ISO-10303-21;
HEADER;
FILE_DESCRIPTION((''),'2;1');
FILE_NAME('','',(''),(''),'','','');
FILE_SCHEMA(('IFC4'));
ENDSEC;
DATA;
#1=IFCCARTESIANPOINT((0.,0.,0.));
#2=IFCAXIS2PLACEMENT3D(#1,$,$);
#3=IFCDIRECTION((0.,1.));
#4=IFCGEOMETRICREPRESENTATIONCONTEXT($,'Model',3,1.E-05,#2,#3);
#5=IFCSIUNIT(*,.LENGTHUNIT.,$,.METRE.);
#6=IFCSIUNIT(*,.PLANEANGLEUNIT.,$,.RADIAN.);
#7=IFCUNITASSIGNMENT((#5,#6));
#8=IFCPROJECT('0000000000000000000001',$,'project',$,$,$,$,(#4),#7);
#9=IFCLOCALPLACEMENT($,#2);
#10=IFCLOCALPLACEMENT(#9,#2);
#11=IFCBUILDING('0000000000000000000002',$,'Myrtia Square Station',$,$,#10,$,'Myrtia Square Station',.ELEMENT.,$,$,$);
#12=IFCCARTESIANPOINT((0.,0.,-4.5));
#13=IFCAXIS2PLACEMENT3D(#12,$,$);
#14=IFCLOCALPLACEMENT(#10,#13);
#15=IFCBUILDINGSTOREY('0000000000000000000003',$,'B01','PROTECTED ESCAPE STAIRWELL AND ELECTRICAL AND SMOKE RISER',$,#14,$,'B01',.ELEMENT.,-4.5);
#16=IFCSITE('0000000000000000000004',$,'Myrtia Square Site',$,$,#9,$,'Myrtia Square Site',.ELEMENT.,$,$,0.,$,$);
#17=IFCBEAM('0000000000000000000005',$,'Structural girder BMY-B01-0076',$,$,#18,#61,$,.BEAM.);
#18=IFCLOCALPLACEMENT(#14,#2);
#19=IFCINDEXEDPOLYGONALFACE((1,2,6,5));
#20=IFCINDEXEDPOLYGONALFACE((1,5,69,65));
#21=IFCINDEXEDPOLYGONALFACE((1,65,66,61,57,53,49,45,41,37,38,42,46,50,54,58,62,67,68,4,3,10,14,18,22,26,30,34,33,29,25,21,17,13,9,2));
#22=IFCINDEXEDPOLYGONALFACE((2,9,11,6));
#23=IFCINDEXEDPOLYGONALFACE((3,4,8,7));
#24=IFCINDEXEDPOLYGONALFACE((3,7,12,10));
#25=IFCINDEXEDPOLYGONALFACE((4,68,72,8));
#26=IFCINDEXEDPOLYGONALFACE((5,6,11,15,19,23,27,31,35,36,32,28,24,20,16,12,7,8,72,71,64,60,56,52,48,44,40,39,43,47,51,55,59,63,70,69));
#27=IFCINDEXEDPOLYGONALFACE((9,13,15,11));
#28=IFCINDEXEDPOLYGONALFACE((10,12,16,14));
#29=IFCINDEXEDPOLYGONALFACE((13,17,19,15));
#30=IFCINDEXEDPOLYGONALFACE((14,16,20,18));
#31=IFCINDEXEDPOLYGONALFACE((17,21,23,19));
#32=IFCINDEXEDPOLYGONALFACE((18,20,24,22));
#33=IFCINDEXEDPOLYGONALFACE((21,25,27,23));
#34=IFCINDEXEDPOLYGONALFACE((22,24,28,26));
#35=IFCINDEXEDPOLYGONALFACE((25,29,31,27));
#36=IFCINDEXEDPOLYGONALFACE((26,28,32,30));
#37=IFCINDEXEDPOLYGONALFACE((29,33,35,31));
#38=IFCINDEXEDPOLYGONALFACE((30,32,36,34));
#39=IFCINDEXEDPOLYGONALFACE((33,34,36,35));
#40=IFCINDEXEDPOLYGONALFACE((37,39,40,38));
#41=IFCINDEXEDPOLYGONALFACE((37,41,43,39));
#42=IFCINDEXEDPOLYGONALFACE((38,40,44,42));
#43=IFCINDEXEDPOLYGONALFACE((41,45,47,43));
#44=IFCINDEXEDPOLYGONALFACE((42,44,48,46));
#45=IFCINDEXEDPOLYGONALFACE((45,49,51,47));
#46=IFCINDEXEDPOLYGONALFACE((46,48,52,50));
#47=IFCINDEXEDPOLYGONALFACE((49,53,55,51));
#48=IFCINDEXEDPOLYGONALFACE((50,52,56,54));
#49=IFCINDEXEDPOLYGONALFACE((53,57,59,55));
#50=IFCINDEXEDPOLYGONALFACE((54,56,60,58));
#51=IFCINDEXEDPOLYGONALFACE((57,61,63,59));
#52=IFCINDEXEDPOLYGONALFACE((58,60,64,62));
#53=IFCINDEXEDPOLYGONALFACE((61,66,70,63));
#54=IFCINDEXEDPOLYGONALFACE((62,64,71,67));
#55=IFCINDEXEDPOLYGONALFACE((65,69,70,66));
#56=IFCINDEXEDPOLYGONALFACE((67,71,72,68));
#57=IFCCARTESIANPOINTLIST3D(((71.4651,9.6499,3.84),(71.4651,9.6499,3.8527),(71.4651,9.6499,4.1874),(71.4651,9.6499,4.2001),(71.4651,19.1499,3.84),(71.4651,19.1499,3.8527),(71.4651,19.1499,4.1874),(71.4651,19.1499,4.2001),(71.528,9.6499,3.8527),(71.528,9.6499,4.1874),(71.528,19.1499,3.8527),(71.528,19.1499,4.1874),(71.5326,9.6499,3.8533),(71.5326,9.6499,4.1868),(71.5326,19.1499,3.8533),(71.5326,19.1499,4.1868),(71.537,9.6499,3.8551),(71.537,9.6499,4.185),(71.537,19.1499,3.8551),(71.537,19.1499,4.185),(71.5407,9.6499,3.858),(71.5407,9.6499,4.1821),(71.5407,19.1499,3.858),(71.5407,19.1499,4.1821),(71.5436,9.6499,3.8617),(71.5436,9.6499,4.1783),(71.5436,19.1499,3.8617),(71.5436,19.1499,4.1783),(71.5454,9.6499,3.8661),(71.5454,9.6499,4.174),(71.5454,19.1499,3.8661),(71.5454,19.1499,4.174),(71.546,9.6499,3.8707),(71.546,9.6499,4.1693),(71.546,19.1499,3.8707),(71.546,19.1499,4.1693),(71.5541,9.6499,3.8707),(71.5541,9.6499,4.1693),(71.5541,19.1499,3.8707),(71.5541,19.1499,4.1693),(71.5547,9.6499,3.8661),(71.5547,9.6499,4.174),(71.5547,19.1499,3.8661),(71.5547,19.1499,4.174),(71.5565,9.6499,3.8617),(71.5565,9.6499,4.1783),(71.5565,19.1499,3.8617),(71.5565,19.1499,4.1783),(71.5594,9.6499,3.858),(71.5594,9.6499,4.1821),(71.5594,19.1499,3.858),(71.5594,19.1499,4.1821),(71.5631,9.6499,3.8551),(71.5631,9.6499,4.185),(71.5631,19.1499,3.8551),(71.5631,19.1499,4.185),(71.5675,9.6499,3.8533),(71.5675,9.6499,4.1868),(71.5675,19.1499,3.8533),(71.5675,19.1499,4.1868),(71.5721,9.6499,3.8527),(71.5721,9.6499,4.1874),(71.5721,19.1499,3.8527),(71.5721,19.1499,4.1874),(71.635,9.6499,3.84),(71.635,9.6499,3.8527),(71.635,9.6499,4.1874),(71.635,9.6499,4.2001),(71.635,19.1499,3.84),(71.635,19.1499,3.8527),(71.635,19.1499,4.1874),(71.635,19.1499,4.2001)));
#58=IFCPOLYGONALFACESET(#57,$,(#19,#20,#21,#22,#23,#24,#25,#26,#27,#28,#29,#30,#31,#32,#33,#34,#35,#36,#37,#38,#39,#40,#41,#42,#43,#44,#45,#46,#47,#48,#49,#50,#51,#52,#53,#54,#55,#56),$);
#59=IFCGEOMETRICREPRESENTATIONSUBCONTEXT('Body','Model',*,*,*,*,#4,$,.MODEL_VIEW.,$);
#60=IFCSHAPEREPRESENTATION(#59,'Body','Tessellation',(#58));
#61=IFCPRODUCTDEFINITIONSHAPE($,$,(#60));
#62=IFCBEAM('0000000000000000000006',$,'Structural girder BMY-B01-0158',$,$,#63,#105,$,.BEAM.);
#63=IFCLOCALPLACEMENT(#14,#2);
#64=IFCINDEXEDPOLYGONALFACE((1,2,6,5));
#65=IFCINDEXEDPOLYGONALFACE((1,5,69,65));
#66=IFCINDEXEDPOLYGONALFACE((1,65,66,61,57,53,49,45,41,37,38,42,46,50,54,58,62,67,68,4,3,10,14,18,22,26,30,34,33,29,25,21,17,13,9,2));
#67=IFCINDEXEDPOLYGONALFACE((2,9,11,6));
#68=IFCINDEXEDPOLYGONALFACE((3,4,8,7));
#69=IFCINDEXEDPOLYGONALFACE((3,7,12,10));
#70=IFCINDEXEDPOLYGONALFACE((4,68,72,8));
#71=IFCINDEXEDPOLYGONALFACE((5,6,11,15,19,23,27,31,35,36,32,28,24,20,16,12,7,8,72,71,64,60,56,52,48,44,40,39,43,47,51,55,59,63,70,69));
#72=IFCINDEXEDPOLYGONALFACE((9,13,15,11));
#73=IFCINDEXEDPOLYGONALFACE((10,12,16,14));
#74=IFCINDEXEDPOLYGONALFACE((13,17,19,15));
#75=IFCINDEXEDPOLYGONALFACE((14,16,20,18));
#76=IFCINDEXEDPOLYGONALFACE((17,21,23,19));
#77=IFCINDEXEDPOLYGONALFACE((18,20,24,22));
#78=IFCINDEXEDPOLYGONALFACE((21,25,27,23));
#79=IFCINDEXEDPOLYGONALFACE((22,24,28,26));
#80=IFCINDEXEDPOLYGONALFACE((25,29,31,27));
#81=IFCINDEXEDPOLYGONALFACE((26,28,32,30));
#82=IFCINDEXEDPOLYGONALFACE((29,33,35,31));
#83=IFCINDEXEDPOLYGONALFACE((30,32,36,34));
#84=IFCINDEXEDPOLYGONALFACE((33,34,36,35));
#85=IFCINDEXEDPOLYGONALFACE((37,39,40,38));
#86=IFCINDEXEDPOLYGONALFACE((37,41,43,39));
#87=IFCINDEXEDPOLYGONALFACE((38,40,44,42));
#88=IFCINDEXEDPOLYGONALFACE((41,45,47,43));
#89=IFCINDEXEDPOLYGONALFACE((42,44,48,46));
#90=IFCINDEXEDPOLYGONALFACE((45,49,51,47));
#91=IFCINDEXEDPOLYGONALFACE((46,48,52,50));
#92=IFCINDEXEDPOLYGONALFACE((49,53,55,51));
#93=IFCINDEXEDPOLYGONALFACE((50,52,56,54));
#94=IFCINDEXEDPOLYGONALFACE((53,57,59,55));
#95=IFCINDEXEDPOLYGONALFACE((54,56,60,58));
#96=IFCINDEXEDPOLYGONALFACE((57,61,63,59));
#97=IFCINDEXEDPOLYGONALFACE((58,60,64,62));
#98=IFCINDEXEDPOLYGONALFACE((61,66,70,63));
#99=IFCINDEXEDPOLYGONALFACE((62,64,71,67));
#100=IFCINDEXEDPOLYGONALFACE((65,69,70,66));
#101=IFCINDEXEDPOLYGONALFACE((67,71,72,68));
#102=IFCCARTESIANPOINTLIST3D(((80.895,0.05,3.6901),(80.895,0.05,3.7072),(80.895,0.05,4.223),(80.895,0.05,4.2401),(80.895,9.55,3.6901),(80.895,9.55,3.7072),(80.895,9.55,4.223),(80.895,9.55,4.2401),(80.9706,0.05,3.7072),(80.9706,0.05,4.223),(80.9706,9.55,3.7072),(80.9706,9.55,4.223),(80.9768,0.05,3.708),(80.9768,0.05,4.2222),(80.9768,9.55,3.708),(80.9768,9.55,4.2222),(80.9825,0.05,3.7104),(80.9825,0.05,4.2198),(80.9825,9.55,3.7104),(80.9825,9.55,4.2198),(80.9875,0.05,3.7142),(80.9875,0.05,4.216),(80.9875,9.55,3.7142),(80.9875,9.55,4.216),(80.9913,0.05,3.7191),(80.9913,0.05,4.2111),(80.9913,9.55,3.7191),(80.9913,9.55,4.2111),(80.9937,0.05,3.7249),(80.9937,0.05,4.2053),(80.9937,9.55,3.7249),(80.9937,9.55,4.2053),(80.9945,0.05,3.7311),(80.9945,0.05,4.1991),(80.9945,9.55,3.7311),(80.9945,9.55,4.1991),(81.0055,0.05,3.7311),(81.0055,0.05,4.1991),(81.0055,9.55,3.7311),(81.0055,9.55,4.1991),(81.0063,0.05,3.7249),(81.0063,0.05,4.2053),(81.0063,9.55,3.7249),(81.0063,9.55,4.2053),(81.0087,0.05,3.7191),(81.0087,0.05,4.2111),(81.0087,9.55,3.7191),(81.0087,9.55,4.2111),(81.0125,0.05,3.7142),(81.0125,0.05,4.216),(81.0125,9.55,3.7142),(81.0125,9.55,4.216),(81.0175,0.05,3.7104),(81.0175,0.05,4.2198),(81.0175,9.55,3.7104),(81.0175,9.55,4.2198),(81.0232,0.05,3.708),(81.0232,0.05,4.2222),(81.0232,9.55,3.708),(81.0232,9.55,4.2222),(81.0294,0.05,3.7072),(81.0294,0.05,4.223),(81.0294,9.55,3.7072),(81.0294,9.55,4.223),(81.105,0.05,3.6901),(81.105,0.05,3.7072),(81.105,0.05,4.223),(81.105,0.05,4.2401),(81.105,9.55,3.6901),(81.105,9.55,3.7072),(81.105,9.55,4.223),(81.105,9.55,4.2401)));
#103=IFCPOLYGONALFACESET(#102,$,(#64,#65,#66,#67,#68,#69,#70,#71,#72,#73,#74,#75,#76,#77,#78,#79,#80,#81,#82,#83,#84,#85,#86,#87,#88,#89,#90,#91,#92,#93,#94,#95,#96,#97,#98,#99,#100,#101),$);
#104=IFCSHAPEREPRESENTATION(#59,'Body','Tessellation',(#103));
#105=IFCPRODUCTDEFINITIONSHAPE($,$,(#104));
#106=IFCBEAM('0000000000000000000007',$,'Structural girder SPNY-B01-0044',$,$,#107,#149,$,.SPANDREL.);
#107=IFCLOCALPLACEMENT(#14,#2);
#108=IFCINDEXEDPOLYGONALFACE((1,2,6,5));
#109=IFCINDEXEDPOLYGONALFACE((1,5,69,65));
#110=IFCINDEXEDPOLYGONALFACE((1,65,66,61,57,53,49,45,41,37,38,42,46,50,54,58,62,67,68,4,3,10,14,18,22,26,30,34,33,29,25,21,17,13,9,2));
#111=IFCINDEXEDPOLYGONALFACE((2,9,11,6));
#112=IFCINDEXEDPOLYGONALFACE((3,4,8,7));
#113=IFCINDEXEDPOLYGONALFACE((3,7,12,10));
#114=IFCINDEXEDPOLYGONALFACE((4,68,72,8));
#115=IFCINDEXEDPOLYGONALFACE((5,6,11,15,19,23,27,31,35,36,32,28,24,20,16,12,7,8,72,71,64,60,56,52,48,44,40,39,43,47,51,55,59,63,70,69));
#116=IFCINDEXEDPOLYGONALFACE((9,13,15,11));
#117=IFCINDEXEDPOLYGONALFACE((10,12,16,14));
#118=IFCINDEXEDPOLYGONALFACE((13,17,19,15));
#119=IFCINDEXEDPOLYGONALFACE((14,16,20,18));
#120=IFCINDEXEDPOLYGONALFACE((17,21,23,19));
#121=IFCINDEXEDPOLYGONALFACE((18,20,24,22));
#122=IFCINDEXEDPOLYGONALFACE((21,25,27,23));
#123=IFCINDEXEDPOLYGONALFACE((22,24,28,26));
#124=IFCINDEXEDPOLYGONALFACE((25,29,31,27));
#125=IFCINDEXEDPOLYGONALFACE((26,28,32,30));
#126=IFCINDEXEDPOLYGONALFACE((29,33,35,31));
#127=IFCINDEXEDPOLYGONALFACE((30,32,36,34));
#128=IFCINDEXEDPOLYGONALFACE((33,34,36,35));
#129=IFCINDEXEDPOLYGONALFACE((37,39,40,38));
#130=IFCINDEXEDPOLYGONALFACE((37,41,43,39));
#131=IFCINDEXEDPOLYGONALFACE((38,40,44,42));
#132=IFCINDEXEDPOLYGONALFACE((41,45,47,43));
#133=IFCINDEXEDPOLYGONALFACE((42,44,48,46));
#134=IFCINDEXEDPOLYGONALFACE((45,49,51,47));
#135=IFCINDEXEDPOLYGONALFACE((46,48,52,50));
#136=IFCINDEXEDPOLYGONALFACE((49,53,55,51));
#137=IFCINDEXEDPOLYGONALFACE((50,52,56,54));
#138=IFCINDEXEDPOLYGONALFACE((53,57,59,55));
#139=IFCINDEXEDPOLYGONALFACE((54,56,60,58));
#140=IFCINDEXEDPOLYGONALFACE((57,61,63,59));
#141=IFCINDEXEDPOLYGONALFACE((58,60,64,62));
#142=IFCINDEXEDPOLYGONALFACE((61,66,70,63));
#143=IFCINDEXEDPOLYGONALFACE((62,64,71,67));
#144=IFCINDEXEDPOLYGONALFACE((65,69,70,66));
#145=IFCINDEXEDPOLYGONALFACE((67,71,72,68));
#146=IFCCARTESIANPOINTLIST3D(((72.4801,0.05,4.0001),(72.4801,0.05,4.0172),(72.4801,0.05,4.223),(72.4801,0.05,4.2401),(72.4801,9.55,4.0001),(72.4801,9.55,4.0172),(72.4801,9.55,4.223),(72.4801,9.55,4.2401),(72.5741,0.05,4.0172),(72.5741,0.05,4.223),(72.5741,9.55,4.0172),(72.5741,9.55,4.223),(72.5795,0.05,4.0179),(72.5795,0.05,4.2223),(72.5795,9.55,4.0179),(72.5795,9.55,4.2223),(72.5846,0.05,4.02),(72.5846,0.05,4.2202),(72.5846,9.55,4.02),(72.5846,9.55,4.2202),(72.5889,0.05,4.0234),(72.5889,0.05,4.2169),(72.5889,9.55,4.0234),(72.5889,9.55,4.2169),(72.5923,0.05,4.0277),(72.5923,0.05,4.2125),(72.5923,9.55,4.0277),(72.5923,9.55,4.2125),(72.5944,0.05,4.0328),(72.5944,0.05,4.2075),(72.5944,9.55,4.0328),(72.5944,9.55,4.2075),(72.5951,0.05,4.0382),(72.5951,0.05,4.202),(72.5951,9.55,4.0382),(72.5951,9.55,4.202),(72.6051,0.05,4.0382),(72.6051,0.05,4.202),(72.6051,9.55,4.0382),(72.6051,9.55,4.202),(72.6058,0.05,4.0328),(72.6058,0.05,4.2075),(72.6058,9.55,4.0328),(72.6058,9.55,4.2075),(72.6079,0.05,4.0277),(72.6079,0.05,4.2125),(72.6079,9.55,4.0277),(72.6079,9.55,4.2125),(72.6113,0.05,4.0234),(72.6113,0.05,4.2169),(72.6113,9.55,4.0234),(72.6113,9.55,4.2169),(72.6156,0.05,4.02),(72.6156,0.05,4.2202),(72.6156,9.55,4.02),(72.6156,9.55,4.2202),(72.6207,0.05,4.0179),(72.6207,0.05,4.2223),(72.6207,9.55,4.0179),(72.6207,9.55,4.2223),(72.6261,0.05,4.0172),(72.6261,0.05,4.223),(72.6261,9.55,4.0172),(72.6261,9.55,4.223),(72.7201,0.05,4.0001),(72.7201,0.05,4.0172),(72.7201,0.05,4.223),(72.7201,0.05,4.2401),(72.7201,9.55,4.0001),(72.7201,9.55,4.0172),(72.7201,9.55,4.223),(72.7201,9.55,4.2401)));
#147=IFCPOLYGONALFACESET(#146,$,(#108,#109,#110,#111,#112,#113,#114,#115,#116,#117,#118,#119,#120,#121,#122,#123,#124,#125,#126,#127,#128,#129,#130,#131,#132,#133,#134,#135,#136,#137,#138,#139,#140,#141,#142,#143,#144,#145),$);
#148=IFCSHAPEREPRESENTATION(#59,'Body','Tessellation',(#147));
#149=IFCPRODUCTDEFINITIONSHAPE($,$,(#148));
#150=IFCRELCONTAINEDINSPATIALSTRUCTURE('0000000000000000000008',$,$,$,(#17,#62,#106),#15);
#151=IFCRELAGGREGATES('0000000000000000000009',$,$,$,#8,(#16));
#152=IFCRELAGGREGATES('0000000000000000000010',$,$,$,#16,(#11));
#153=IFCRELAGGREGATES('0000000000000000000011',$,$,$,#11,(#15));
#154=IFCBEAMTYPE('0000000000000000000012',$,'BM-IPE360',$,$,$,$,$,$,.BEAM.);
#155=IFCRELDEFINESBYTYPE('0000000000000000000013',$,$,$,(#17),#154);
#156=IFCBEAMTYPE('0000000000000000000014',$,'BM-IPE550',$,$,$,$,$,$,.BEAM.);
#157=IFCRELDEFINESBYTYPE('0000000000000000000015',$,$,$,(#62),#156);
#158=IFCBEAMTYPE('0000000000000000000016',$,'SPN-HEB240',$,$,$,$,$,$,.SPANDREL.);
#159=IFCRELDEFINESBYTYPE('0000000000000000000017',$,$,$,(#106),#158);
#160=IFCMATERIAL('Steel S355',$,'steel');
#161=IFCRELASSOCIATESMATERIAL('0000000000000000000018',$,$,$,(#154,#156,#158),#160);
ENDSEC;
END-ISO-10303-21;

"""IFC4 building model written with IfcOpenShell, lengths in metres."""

from ifc_helpers import new_model, si_unit, direction, frame, origin, origin_2d, place, context, subcontext, project, spatial, i_section, extrude, material, material_profile, profile_set, type_object, element, save


model = new_model("IFC4")

# Units and contexts
model_context = context("Model", 3, precision=1e-05, world=origin(), true_north=direction((0.0, 1.0)))
body_context = subcontext(model_context, "Body", "Model", "MODEL_VIEW")
ifc_project = project(units=[si_unit("LENGTHUNIT", "METRE"), si_unit("PLANEANGLEUNIT", "RADIAN")], contexts=[model_context])

# Site, building, storey
site_placement = place(None, origin())
site = spatial("IfcSite", under=ifc_project, at=site_placement, Name="Myrtia Square Site", LongName="Myrtia Square Site", CompositionType="ELEMENT", RefElevation=0.0)
building_placement = place(site_placement, origin())
building = spatial("IfcBuilding", under=site, at=building_placement, Name="Myrtia Square Station", LongName="Myrtia Square Station", CompositionType="ELEMENT")
storey_placement = place(building_placement, frame((0.0, 0.0, -4.5)))
storey = spatial("IfcBuildingStorey", under=building, at=storey_placement, Name="B01", Description="PROTECTED ESCAPE STAIRWELL AND ELECTRICAL AND SMOKE RISER", LongName="B01", CompositionType="ELEMENT", Elevation=-4.5)

# Beams
ifc_material_1 = material(Name="Steel S355", Category="steel")
ifc_material_profile_1 = material_profile(ifc_material_1, i_section(OverallWidth=0.1699, OverallDepth=0.3601, WebThickness=0.0081, FlangeThickness=0.0127, FilletRadius=0.0181, at=origin_2d()), Name="IPE 360")
ifc_profile_set_1 = profile_set([ifc_material_profile_1], Name="Steel S355")
beam_type_1 = type_object("IfcBeamType", Name="BM-IPE360", PredefinedType="BEAM", material=ifc_profile_set_1)
for number, where, z_axis, x_axis, name in (
    (1, (71.55, 9.6499, 4.02), (0.0, 1.0, 0.0), (-1.0, 0.0, 0.0), "Structural girder BMY-B01-0076"),
):
    element("IfcBeam", number, at=place(storey_placement, frame(where, z_axis=z_axis, x_axis=x_axis)), inside=storey, type_object=beam_type_1, Name=name, PredefinedType="BEAM", context=body_context, shape_type="SweptSolid", body=[
        extrude(i_section(OverallWidth=0.1699, OverallDepth=0.3601, WebThickness=0.0081, FlangeThickness=0.0127, FilletRadius=0.0181, at=origin_2d()), origin(), (0.0, 0.0, 1.0), 9.5),
    ])
ifc_material_profile_2 = material_profile(ifc_material_1, i_section(OverallWidth=0.21, OverallDepth=0.55, WebThickness=0.011, FlangeThickness=0.0171, FilletRadius=0.0239, at=origin_2d()), Name="IPE 550")
ifc_profile_set_2 = profile_set([ifc_material_profile_2], Name="Steel S355")
beam_type_2 = type_object("IfcBeamType", Name="BM-IPE550", PredefinedType="BEAM", material=ifc_profile_set_2)
beam_1_placement = place(storey_placement, frame((81.0, 0.05, 3.9651), z_axis=(0.0, 1.0, 0.0), x_axis=(-1.0, 0.0, 0.0)))
element("IfcBeam", 2, at=beam_1_placement, inside=storey, type_object=beam_type_2, Name="Structural girder BMY-B01-0158", PredefinedType="BEAM", context=body_context, shape_type="SweptSolid", body=[
    extrude(i_section(OverallWidth=0.21, OverallDepth=0.55, WebThickness=0.011, FlangeThickness=0.0171, FilletRadius=0.0239, at=origin_2d()), origin(), (0.0, 0.0, 1.0), 9.5),
])
ifc_material_profile_3 = material_profile(ifc_material_1, i_section(OverallWidth=0.24, OverallDepth=0.24, WebThickness=0.01, FlangeThickness=0.0171, FilletRadius=0.021, at=origin_2d()), Name="HEB 240")
ifc_profile_set_3 = profile_set([ifc_material_profile_3], Name="Steel S355")
beam_type_3 = type_object("IfcBeamType", Name="SPN-HEB240", PredefinedType="SPANDREL", material=ifc_profile_set_3)
beam_2_placement = place(storey_placement, frame((72.6001, 0.05, 4.1201), z_axis=(0.0, 1.0, 0.0), x_axis=(-1.0, 0.0, 0.0)))
element("IfcBeam", 3, at=beam_2_placement, inside=storey, type_object=beam_type_3, Name="Structural girder SPNY-B01-0044", PredefinedType="SPANDREL", context=body_context, shape_type="SweptSolid", body=[
    extrude(i_section(OverallWidth=0.24, OverallDepth=0.24, WebThickness=0.01, FlangeThickness=0.0171, FilletRadius=0.021, at=origin_2d()), origin(), (0.0, 0.0, 1.0), 9.5),
])

save(model, "model.ifc")
